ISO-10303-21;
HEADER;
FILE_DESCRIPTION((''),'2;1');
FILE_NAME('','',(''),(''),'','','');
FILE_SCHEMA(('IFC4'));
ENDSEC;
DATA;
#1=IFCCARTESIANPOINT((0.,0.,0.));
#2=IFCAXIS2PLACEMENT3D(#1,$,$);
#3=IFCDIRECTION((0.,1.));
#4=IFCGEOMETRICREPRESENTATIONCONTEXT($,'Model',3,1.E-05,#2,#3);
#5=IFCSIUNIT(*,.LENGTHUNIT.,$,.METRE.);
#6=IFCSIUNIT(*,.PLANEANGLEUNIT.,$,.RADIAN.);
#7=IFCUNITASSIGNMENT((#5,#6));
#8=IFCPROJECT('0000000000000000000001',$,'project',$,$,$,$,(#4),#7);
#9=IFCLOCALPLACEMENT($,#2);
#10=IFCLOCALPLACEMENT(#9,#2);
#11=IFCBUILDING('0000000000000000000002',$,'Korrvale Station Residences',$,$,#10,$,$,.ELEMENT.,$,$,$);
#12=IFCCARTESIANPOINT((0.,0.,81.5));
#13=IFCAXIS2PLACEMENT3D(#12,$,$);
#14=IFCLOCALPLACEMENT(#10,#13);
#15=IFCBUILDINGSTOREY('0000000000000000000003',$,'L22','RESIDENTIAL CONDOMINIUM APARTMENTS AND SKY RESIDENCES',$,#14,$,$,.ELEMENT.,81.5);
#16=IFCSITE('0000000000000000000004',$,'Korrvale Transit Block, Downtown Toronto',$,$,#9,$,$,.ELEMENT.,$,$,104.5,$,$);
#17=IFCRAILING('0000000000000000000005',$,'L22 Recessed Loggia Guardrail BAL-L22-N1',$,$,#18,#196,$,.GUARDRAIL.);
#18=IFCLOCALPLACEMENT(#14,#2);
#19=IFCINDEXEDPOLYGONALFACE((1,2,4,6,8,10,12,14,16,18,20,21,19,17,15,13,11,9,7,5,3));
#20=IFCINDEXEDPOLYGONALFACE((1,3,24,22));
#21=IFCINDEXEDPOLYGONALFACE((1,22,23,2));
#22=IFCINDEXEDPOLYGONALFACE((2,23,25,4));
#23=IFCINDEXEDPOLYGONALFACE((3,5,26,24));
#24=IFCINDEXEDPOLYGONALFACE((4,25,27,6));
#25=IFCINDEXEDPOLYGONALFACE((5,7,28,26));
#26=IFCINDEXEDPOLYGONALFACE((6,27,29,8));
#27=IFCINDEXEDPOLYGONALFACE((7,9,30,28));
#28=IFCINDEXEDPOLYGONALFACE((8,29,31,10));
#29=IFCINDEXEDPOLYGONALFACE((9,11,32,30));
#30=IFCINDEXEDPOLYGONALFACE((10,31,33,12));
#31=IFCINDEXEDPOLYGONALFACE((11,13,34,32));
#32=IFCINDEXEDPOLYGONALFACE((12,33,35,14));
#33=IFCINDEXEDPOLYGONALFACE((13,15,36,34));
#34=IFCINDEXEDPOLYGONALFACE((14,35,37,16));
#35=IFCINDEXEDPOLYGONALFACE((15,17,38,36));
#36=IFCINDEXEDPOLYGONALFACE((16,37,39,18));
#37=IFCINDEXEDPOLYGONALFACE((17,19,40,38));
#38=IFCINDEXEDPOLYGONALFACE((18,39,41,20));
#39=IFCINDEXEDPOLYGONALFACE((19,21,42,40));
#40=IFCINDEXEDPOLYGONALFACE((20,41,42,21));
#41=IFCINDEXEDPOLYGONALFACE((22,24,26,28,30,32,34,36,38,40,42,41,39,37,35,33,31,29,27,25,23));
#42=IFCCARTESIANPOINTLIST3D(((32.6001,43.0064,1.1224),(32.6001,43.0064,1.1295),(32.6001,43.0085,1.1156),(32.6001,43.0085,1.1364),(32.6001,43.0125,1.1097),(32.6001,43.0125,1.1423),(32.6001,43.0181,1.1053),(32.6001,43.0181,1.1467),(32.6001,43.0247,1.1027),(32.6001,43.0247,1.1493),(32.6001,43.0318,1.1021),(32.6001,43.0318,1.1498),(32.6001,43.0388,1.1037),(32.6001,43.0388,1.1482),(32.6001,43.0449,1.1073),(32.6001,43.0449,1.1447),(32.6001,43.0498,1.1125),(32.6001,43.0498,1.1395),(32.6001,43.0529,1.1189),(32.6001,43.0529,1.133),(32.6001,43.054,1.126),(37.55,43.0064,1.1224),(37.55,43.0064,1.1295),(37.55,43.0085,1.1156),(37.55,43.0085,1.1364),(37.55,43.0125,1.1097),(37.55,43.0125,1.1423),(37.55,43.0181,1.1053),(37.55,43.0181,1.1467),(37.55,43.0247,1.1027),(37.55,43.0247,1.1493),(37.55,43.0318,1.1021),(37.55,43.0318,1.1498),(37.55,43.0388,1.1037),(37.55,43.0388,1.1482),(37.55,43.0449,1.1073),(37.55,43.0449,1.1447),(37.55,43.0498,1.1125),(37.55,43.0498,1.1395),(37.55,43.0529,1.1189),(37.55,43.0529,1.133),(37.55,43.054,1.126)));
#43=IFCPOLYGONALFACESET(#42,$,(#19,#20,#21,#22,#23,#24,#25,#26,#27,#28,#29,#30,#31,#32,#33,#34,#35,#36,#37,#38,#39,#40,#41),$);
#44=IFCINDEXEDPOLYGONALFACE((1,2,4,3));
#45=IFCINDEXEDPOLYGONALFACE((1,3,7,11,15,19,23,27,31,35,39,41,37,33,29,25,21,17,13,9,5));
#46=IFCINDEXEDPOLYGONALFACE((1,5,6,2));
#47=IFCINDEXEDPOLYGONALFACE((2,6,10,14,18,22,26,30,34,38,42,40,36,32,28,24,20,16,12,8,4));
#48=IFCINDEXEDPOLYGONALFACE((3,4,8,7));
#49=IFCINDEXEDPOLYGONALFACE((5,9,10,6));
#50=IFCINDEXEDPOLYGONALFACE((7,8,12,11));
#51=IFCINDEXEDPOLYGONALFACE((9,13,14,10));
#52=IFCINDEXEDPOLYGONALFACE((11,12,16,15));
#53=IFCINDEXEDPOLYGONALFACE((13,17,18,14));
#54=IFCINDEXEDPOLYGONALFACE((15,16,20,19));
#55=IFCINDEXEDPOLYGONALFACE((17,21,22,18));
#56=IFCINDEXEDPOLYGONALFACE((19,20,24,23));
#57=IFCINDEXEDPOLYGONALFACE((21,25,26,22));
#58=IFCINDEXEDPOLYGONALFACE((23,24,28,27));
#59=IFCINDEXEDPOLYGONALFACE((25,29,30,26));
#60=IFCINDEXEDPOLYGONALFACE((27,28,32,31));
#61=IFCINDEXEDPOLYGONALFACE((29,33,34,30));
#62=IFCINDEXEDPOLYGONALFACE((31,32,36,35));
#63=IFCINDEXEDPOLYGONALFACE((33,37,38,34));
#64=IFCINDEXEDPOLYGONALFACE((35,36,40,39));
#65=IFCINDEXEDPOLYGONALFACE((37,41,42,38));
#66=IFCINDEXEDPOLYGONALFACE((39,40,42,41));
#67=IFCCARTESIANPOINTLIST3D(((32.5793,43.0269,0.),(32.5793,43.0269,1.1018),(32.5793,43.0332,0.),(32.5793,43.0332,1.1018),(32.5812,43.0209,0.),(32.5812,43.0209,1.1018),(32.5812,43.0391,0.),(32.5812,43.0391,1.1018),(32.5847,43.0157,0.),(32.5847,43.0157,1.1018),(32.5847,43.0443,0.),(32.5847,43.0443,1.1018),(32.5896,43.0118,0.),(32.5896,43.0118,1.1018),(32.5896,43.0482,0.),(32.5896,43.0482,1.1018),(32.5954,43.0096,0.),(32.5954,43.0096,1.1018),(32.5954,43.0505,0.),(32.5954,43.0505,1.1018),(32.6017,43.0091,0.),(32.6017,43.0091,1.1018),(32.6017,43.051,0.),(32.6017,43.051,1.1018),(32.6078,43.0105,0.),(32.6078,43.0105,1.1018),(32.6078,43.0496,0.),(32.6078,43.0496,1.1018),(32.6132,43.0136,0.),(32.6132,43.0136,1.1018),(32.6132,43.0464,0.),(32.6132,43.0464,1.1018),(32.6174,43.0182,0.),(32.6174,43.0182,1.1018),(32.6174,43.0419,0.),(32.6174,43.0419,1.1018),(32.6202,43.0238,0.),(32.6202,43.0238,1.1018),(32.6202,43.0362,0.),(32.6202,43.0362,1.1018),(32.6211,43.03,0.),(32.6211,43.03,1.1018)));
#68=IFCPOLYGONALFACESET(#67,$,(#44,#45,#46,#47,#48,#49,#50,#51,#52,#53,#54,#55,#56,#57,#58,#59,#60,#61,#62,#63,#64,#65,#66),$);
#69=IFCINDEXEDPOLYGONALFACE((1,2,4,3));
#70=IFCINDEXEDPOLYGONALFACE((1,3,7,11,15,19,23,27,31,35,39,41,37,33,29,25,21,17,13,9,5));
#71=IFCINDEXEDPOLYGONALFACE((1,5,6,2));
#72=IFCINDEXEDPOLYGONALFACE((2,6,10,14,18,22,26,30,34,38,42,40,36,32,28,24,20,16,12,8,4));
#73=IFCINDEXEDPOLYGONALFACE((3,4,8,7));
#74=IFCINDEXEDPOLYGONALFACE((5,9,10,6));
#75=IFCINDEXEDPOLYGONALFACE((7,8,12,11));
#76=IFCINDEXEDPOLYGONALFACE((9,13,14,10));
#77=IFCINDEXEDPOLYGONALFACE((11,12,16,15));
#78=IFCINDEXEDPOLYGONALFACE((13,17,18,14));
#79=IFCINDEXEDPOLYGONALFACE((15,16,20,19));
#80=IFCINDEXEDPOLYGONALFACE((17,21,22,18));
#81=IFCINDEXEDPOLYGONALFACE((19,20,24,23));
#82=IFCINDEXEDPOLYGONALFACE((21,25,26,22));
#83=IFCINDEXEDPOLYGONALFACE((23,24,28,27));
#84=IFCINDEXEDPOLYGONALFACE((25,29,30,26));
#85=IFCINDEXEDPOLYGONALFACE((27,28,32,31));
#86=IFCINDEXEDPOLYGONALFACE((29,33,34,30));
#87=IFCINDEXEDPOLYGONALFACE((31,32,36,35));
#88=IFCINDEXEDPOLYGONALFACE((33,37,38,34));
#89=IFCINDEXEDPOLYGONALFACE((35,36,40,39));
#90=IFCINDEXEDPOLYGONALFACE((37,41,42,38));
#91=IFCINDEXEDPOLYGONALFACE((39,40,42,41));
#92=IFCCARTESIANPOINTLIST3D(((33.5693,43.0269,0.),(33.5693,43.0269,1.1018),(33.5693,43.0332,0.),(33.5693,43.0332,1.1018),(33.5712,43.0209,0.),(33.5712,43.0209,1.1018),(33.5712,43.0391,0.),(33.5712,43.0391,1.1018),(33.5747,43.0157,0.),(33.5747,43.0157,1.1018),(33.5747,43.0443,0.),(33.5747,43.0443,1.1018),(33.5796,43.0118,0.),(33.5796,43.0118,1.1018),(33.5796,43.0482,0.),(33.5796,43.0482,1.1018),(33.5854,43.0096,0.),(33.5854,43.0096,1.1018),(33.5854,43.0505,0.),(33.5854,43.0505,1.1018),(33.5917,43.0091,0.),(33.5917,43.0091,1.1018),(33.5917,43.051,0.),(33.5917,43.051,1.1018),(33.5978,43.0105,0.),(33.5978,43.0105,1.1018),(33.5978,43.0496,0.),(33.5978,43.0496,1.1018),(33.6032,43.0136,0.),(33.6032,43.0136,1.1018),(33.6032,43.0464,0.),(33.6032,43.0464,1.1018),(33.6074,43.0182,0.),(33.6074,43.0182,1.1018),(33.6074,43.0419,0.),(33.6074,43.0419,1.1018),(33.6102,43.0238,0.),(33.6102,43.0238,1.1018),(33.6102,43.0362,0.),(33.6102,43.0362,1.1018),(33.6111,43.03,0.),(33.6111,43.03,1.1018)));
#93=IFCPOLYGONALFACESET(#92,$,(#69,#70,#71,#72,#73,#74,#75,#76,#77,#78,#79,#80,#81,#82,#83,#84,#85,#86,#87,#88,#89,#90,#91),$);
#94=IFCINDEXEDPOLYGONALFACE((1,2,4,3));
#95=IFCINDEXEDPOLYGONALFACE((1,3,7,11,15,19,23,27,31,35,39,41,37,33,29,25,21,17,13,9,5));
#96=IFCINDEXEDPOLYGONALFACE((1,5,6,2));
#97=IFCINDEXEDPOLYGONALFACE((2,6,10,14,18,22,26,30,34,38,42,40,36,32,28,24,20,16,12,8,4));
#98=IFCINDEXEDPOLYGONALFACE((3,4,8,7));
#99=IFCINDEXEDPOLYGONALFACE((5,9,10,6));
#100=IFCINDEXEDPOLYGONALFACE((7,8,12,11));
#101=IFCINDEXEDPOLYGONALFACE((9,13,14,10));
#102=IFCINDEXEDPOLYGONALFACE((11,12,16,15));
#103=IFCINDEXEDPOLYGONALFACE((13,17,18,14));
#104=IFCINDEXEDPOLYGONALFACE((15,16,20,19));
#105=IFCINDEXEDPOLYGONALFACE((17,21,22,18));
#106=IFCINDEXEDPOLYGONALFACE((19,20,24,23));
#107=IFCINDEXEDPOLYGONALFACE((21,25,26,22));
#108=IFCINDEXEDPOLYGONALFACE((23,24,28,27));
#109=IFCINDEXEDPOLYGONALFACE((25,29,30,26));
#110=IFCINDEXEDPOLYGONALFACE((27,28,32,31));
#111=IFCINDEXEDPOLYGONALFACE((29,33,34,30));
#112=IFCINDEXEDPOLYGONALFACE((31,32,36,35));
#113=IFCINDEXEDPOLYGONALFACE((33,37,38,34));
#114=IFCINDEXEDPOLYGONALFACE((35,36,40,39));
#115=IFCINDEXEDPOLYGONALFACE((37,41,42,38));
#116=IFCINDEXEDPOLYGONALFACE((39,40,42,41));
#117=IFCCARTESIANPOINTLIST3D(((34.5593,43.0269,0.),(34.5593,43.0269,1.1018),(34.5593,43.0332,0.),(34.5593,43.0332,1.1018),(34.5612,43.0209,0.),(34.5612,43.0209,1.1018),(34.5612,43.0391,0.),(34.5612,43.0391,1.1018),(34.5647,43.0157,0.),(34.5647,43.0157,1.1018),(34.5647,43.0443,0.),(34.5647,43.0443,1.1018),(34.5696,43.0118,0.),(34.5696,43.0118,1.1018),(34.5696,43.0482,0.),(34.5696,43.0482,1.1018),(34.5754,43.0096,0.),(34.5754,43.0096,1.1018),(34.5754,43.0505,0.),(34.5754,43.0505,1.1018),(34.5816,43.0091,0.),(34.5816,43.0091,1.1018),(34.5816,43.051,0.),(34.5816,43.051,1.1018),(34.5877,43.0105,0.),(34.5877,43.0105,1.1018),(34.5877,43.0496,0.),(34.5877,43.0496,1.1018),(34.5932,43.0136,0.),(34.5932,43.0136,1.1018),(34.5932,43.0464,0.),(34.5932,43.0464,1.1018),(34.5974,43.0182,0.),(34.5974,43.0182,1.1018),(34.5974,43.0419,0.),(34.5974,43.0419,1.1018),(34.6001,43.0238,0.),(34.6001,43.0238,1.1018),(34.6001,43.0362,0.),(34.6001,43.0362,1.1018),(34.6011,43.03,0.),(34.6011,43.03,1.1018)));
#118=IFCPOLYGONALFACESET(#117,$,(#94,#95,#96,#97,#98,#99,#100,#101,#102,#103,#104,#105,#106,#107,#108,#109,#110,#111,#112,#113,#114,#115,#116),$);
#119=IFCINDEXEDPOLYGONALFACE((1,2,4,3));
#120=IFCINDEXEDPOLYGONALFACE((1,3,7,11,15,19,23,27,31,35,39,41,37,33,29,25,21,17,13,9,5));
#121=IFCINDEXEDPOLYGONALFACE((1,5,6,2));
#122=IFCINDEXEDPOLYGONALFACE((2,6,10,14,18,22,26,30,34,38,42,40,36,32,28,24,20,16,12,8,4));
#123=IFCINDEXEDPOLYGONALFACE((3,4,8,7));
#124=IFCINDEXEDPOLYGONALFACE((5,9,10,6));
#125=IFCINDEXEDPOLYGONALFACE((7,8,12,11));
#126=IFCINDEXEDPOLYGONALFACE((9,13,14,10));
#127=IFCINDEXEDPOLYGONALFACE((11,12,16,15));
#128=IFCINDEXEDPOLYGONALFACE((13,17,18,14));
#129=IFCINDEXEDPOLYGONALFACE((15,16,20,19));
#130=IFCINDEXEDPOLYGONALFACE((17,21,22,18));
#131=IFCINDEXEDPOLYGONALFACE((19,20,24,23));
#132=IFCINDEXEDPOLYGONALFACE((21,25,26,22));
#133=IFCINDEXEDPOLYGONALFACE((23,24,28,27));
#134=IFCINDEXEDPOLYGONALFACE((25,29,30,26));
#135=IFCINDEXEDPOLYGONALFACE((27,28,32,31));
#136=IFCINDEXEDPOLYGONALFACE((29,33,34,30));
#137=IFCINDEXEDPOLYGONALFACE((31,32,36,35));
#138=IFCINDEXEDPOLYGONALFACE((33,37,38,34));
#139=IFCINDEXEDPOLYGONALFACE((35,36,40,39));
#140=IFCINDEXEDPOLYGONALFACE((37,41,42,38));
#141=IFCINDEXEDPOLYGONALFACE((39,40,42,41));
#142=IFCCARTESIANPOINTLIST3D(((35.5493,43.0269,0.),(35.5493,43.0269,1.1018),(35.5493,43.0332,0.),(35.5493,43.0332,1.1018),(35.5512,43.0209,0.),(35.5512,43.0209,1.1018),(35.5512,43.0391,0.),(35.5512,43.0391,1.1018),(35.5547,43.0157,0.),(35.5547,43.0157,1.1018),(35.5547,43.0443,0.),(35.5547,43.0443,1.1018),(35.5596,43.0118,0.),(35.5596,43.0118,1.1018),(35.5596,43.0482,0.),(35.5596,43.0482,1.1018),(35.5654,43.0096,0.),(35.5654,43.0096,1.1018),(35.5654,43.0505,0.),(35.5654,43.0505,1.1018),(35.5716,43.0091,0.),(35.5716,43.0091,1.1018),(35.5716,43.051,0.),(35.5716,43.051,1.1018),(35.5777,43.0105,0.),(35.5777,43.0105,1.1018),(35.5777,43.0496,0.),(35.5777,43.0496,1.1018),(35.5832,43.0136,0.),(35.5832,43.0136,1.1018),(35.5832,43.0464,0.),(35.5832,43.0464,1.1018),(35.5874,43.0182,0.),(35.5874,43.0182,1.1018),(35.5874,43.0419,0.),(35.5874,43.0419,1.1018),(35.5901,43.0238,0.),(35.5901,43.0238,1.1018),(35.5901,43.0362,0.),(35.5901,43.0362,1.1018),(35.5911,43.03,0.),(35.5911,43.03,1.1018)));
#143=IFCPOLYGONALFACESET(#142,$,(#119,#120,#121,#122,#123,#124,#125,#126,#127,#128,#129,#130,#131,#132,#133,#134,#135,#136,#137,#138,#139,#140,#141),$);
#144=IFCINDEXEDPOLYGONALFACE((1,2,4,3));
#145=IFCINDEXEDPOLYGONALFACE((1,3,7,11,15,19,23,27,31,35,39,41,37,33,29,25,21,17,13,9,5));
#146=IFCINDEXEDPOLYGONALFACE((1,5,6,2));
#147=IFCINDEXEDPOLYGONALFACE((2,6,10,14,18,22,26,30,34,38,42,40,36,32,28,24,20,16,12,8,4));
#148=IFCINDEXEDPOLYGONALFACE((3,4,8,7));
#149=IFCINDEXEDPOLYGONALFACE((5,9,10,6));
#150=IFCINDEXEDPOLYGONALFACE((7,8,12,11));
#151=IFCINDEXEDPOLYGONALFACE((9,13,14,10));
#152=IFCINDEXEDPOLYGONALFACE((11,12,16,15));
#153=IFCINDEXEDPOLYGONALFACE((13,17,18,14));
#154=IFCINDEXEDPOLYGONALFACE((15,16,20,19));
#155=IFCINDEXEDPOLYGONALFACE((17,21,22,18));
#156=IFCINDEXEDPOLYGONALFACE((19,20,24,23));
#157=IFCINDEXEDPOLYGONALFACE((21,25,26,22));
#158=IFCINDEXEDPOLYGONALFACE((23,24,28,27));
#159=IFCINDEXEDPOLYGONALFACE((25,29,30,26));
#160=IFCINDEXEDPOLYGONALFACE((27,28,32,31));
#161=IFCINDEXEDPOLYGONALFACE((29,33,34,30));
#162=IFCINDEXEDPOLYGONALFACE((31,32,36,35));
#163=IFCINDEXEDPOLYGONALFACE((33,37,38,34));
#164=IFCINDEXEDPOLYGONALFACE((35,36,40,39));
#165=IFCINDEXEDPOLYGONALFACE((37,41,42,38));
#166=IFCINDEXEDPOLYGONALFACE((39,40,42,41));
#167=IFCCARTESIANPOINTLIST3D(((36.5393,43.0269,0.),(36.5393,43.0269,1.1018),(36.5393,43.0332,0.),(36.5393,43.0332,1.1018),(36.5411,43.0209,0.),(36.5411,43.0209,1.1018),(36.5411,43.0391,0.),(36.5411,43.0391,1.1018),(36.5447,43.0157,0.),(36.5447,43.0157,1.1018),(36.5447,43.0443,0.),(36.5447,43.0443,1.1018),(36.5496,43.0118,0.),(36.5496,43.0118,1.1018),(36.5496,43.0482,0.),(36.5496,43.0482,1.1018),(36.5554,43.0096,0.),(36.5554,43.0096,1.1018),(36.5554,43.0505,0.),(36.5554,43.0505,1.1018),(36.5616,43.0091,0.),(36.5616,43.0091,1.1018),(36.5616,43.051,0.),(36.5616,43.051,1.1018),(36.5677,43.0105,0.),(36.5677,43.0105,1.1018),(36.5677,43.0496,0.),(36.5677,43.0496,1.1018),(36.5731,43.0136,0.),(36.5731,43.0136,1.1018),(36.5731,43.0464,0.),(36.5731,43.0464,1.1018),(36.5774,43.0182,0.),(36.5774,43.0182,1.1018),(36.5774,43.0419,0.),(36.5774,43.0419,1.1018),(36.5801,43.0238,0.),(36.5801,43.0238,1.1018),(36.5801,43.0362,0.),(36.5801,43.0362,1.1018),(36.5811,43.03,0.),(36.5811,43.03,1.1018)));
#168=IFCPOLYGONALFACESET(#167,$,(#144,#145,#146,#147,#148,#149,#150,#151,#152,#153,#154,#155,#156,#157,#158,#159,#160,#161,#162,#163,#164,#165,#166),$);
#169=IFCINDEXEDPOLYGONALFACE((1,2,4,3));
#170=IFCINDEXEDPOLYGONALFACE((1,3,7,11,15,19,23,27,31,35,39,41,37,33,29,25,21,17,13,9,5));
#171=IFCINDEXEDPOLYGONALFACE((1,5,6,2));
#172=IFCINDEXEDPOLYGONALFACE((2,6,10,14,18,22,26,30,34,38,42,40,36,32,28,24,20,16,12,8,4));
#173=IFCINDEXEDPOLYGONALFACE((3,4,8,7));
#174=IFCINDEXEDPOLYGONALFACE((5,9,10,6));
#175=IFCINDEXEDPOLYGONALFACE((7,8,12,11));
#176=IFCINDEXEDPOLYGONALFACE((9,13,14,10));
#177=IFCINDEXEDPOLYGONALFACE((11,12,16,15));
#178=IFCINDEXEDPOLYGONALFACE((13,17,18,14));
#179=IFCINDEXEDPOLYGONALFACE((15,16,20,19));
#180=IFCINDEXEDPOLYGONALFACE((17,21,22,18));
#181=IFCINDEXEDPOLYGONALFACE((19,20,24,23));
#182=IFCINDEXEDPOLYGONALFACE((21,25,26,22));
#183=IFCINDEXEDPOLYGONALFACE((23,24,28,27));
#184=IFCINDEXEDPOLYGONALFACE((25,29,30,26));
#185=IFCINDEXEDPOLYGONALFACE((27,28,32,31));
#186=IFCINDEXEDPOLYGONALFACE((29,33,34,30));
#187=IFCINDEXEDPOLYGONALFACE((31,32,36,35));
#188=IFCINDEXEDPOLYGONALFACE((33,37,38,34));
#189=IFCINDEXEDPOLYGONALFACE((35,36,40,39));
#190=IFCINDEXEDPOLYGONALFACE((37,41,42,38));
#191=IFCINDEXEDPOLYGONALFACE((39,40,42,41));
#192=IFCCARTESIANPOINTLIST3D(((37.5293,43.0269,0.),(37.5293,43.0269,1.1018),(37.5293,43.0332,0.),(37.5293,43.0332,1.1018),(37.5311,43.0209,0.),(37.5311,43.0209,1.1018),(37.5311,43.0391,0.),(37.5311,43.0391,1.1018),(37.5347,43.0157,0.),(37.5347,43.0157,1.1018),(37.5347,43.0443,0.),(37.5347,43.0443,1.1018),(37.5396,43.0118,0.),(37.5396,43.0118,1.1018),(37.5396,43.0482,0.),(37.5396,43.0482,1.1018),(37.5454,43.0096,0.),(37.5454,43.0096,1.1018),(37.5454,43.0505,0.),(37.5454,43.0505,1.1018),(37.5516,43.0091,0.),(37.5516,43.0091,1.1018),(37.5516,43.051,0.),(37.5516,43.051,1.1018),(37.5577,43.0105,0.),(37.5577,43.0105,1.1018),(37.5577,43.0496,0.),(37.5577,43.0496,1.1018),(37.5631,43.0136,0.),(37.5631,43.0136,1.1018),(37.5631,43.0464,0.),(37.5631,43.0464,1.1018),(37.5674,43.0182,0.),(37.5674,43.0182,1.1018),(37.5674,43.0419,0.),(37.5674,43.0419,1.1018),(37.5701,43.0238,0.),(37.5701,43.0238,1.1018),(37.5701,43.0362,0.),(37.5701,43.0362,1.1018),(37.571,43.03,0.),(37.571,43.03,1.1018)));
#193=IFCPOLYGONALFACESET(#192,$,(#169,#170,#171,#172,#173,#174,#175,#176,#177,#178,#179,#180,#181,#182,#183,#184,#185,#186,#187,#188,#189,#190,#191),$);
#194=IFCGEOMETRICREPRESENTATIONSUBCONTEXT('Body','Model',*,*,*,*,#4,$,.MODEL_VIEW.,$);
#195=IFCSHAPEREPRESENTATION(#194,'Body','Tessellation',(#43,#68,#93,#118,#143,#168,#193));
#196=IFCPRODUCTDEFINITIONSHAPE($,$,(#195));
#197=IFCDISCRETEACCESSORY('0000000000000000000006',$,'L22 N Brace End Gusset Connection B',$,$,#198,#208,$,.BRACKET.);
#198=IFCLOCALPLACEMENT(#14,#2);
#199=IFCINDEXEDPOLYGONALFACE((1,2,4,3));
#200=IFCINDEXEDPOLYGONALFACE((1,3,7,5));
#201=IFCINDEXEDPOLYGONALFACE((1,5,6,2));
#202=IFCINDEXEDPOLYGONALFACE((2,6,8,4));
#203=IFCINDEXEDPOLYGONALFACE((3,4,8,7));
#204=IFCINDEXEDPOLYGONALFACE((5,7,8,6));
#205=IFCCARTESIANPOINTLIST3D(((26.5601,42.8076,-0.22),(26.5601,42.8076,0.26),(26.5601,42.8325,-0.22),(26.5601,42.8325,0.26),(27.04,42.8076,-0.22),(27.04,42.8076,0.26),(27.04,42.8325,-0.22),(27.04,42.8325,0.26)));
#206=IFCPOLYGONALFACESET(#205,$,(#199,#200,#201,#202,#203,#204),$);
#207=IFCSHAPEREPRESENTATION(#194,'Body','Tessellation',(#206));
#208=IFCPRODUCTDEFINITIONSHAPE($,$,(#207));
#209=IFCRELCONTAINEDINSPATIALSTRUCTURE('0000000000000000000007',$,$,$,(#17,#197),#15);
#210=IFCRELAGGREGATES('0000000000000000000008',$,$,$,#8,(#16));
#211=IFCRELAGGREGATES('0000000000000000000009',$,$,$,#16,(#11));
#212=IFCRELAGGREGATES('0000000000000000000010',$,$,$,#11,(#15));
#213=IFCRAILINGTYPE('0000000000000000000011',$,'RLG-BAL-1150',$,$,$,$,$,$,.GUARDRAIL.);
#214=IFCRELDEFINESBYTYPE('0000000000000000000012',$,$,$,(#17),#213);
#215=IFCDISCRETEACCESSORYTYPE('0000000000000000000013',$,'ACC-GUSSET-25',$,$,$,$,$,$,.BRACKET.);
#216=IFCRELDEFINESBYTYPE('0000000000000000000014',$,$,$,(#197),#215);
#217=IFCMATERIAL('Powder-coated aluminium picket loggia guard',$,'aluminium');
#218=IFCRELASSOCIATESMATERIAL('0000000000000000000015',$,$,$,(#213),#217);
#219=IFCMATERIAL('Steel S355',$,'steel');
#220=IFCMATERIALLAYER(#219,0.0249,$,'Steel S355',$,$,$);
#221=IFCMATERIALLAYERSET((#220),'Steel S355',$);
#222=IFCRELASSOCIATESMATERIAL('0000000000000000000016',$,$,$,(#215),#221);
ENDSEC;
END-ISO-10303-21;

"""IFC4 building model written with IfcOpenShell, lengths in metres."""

from ifc_helpers import new_model, si_unit, direction, frame, origin, origin_2d, place, context, subcontext, project, spatial, rectangle, circle, extrude, material, layer, layer_set, type_object, element, save


model = new_model("IFC4")

# Units and contexts
model_context = context("Model", 3, precision=1e-05, world=origin(), true_north=direction((0.0, 1.0)))
body_context = subcontext(model_context, "Body", "Model", "MODEL_VIEW")
ifc_project = project(units=[si_unit("LENGTHUNIT", "METRE"), si_unit("PLANEANGLEUNIT", "RADIAN")], contexts=[model_context])

# Site, building, storey
site_placement = place(None, origin())
site = spatial("IfcSite", under=ifc_project, at=site_placement, Name="Korrvale Transit Block, Downtown Toronto", CompositionType="ELEMENT", RefElevation=104.5)
building_placement = place(site_placement, origin())
building = spatial("IfcBuilding", under=site, at=building_placement, Name="Korrvale Station Residences", CompositionType="ELEMENT")
storey_placement = place(building_placement, frame((0.0, 0.0, 81.5)))
storey = spatial("IfcBuildingStorey", under=building, at=storey_placement, Name="L22", Description="RESIDENTIAL CONDOMINIUM APARTMENTS AND SKY RESIDENCES", CompositionType="ELEMENT", Elevation=81.5)

# Shared definitions
ifc_material_1 = material(Name="Steel S355", Category="steel")

# Railing
ifc_material_2 = material(Name="Powder-coated aluminium picket loggia guard", Category="aluminium")
railing_type = type_object("IfcRailingType", Name="RLG-BAL-1150", PredefinedType="GUARDRAIL", material=ifc_material_2)
railing_placement = place(storey_placement, frame((32.6001, 43.03, 0.0)))
element("IfcRailing", 1, at=railing_placement, inside=storey, type_object=railing_type, Name="L22 Recessed Loggia Guardrail BAL-L22-N1", PredefinedType="GUARDRAIL", context=body_context, shape_type="SweptSolid", body=[
    extrude(circle(Radius=0.0239, at=origin_2d()), frame((0.0, 0.0, 1.126), z_axis=(1.0, 0.0, 0.0), x_axis=(0.0, 1.0, 0.0)), (0.0, 0.0, 1.0), 4.95),
    extrude(circle(Radius=0.021, at=origin_2d()), origin(), (0.0, 0.0, 1.0), 1.1018),
    extrude(circle(Radius=0.021, at=origin_2d()), frame((0.99, 0.0, 0.0)), (0.0, 0.0, 1.0), 1.1018),
    extrude(circle(Radius=0.021, at=origin_2d()), frame((1.98, 0.0, 0.0)), (0.0, 0.0, 1.0), 1.1018),
    extrude(circle(Radius=0.021, at=origin_2d()), frame((2.97, 0.0, 0.0)), (0.0, 0.0, 1.0), 1.1018),
    extrude(circle(Radius=0.021, at=origin_2d()), frame((3.96, 0.0, 0.0)), (0.0, 0.0, 1.0), 1.1018),
    extrude(circle(Radius=0.021, at=origin_2d()), frame((4.95, 0.0, 0.0)), (0.0, 0.0, 1.0), 1.1018),
])

# Discrete accessory
ifc_layer_1 = layer(ifc_material_1, 0.0249, Name="Steel S355")
ifc_layer_set_1 = layer_set([ifc_layer_1], Name="Steel S355")
discrete_accessory_type = type_object("IfcDiscreteAccessoryType", Name="ACC-GUSSET-25", PredefinedType="BRACKET", material=ifc_layer_set_1)
for number, where, z_axis, x_axis, name in (
    (2, (26.8, 42.8201, -0.22), (0.0, 0.0, 1.0), (1.0, 0.0, 0.0), "L22 N Brace End Gusset Connection B"),
):
    element("IfcDiscreteAccessory", number, at=place(storey_placement, frame(where, z_axis=z_axis, x_axis=x_axis)), inside=storey, type_object=discrete_accessory_type, Name=name, PredefinedType="BRACKET", context=body_context, shape_type="SweptSolid", body=[
        extrude(rectangle(XDim=0.48, YDim=0.0249, at=origin_2d()), origin(), (0.0, 0.0, 1.0), 0.48),
    ])

save(model, "model.ifc")
